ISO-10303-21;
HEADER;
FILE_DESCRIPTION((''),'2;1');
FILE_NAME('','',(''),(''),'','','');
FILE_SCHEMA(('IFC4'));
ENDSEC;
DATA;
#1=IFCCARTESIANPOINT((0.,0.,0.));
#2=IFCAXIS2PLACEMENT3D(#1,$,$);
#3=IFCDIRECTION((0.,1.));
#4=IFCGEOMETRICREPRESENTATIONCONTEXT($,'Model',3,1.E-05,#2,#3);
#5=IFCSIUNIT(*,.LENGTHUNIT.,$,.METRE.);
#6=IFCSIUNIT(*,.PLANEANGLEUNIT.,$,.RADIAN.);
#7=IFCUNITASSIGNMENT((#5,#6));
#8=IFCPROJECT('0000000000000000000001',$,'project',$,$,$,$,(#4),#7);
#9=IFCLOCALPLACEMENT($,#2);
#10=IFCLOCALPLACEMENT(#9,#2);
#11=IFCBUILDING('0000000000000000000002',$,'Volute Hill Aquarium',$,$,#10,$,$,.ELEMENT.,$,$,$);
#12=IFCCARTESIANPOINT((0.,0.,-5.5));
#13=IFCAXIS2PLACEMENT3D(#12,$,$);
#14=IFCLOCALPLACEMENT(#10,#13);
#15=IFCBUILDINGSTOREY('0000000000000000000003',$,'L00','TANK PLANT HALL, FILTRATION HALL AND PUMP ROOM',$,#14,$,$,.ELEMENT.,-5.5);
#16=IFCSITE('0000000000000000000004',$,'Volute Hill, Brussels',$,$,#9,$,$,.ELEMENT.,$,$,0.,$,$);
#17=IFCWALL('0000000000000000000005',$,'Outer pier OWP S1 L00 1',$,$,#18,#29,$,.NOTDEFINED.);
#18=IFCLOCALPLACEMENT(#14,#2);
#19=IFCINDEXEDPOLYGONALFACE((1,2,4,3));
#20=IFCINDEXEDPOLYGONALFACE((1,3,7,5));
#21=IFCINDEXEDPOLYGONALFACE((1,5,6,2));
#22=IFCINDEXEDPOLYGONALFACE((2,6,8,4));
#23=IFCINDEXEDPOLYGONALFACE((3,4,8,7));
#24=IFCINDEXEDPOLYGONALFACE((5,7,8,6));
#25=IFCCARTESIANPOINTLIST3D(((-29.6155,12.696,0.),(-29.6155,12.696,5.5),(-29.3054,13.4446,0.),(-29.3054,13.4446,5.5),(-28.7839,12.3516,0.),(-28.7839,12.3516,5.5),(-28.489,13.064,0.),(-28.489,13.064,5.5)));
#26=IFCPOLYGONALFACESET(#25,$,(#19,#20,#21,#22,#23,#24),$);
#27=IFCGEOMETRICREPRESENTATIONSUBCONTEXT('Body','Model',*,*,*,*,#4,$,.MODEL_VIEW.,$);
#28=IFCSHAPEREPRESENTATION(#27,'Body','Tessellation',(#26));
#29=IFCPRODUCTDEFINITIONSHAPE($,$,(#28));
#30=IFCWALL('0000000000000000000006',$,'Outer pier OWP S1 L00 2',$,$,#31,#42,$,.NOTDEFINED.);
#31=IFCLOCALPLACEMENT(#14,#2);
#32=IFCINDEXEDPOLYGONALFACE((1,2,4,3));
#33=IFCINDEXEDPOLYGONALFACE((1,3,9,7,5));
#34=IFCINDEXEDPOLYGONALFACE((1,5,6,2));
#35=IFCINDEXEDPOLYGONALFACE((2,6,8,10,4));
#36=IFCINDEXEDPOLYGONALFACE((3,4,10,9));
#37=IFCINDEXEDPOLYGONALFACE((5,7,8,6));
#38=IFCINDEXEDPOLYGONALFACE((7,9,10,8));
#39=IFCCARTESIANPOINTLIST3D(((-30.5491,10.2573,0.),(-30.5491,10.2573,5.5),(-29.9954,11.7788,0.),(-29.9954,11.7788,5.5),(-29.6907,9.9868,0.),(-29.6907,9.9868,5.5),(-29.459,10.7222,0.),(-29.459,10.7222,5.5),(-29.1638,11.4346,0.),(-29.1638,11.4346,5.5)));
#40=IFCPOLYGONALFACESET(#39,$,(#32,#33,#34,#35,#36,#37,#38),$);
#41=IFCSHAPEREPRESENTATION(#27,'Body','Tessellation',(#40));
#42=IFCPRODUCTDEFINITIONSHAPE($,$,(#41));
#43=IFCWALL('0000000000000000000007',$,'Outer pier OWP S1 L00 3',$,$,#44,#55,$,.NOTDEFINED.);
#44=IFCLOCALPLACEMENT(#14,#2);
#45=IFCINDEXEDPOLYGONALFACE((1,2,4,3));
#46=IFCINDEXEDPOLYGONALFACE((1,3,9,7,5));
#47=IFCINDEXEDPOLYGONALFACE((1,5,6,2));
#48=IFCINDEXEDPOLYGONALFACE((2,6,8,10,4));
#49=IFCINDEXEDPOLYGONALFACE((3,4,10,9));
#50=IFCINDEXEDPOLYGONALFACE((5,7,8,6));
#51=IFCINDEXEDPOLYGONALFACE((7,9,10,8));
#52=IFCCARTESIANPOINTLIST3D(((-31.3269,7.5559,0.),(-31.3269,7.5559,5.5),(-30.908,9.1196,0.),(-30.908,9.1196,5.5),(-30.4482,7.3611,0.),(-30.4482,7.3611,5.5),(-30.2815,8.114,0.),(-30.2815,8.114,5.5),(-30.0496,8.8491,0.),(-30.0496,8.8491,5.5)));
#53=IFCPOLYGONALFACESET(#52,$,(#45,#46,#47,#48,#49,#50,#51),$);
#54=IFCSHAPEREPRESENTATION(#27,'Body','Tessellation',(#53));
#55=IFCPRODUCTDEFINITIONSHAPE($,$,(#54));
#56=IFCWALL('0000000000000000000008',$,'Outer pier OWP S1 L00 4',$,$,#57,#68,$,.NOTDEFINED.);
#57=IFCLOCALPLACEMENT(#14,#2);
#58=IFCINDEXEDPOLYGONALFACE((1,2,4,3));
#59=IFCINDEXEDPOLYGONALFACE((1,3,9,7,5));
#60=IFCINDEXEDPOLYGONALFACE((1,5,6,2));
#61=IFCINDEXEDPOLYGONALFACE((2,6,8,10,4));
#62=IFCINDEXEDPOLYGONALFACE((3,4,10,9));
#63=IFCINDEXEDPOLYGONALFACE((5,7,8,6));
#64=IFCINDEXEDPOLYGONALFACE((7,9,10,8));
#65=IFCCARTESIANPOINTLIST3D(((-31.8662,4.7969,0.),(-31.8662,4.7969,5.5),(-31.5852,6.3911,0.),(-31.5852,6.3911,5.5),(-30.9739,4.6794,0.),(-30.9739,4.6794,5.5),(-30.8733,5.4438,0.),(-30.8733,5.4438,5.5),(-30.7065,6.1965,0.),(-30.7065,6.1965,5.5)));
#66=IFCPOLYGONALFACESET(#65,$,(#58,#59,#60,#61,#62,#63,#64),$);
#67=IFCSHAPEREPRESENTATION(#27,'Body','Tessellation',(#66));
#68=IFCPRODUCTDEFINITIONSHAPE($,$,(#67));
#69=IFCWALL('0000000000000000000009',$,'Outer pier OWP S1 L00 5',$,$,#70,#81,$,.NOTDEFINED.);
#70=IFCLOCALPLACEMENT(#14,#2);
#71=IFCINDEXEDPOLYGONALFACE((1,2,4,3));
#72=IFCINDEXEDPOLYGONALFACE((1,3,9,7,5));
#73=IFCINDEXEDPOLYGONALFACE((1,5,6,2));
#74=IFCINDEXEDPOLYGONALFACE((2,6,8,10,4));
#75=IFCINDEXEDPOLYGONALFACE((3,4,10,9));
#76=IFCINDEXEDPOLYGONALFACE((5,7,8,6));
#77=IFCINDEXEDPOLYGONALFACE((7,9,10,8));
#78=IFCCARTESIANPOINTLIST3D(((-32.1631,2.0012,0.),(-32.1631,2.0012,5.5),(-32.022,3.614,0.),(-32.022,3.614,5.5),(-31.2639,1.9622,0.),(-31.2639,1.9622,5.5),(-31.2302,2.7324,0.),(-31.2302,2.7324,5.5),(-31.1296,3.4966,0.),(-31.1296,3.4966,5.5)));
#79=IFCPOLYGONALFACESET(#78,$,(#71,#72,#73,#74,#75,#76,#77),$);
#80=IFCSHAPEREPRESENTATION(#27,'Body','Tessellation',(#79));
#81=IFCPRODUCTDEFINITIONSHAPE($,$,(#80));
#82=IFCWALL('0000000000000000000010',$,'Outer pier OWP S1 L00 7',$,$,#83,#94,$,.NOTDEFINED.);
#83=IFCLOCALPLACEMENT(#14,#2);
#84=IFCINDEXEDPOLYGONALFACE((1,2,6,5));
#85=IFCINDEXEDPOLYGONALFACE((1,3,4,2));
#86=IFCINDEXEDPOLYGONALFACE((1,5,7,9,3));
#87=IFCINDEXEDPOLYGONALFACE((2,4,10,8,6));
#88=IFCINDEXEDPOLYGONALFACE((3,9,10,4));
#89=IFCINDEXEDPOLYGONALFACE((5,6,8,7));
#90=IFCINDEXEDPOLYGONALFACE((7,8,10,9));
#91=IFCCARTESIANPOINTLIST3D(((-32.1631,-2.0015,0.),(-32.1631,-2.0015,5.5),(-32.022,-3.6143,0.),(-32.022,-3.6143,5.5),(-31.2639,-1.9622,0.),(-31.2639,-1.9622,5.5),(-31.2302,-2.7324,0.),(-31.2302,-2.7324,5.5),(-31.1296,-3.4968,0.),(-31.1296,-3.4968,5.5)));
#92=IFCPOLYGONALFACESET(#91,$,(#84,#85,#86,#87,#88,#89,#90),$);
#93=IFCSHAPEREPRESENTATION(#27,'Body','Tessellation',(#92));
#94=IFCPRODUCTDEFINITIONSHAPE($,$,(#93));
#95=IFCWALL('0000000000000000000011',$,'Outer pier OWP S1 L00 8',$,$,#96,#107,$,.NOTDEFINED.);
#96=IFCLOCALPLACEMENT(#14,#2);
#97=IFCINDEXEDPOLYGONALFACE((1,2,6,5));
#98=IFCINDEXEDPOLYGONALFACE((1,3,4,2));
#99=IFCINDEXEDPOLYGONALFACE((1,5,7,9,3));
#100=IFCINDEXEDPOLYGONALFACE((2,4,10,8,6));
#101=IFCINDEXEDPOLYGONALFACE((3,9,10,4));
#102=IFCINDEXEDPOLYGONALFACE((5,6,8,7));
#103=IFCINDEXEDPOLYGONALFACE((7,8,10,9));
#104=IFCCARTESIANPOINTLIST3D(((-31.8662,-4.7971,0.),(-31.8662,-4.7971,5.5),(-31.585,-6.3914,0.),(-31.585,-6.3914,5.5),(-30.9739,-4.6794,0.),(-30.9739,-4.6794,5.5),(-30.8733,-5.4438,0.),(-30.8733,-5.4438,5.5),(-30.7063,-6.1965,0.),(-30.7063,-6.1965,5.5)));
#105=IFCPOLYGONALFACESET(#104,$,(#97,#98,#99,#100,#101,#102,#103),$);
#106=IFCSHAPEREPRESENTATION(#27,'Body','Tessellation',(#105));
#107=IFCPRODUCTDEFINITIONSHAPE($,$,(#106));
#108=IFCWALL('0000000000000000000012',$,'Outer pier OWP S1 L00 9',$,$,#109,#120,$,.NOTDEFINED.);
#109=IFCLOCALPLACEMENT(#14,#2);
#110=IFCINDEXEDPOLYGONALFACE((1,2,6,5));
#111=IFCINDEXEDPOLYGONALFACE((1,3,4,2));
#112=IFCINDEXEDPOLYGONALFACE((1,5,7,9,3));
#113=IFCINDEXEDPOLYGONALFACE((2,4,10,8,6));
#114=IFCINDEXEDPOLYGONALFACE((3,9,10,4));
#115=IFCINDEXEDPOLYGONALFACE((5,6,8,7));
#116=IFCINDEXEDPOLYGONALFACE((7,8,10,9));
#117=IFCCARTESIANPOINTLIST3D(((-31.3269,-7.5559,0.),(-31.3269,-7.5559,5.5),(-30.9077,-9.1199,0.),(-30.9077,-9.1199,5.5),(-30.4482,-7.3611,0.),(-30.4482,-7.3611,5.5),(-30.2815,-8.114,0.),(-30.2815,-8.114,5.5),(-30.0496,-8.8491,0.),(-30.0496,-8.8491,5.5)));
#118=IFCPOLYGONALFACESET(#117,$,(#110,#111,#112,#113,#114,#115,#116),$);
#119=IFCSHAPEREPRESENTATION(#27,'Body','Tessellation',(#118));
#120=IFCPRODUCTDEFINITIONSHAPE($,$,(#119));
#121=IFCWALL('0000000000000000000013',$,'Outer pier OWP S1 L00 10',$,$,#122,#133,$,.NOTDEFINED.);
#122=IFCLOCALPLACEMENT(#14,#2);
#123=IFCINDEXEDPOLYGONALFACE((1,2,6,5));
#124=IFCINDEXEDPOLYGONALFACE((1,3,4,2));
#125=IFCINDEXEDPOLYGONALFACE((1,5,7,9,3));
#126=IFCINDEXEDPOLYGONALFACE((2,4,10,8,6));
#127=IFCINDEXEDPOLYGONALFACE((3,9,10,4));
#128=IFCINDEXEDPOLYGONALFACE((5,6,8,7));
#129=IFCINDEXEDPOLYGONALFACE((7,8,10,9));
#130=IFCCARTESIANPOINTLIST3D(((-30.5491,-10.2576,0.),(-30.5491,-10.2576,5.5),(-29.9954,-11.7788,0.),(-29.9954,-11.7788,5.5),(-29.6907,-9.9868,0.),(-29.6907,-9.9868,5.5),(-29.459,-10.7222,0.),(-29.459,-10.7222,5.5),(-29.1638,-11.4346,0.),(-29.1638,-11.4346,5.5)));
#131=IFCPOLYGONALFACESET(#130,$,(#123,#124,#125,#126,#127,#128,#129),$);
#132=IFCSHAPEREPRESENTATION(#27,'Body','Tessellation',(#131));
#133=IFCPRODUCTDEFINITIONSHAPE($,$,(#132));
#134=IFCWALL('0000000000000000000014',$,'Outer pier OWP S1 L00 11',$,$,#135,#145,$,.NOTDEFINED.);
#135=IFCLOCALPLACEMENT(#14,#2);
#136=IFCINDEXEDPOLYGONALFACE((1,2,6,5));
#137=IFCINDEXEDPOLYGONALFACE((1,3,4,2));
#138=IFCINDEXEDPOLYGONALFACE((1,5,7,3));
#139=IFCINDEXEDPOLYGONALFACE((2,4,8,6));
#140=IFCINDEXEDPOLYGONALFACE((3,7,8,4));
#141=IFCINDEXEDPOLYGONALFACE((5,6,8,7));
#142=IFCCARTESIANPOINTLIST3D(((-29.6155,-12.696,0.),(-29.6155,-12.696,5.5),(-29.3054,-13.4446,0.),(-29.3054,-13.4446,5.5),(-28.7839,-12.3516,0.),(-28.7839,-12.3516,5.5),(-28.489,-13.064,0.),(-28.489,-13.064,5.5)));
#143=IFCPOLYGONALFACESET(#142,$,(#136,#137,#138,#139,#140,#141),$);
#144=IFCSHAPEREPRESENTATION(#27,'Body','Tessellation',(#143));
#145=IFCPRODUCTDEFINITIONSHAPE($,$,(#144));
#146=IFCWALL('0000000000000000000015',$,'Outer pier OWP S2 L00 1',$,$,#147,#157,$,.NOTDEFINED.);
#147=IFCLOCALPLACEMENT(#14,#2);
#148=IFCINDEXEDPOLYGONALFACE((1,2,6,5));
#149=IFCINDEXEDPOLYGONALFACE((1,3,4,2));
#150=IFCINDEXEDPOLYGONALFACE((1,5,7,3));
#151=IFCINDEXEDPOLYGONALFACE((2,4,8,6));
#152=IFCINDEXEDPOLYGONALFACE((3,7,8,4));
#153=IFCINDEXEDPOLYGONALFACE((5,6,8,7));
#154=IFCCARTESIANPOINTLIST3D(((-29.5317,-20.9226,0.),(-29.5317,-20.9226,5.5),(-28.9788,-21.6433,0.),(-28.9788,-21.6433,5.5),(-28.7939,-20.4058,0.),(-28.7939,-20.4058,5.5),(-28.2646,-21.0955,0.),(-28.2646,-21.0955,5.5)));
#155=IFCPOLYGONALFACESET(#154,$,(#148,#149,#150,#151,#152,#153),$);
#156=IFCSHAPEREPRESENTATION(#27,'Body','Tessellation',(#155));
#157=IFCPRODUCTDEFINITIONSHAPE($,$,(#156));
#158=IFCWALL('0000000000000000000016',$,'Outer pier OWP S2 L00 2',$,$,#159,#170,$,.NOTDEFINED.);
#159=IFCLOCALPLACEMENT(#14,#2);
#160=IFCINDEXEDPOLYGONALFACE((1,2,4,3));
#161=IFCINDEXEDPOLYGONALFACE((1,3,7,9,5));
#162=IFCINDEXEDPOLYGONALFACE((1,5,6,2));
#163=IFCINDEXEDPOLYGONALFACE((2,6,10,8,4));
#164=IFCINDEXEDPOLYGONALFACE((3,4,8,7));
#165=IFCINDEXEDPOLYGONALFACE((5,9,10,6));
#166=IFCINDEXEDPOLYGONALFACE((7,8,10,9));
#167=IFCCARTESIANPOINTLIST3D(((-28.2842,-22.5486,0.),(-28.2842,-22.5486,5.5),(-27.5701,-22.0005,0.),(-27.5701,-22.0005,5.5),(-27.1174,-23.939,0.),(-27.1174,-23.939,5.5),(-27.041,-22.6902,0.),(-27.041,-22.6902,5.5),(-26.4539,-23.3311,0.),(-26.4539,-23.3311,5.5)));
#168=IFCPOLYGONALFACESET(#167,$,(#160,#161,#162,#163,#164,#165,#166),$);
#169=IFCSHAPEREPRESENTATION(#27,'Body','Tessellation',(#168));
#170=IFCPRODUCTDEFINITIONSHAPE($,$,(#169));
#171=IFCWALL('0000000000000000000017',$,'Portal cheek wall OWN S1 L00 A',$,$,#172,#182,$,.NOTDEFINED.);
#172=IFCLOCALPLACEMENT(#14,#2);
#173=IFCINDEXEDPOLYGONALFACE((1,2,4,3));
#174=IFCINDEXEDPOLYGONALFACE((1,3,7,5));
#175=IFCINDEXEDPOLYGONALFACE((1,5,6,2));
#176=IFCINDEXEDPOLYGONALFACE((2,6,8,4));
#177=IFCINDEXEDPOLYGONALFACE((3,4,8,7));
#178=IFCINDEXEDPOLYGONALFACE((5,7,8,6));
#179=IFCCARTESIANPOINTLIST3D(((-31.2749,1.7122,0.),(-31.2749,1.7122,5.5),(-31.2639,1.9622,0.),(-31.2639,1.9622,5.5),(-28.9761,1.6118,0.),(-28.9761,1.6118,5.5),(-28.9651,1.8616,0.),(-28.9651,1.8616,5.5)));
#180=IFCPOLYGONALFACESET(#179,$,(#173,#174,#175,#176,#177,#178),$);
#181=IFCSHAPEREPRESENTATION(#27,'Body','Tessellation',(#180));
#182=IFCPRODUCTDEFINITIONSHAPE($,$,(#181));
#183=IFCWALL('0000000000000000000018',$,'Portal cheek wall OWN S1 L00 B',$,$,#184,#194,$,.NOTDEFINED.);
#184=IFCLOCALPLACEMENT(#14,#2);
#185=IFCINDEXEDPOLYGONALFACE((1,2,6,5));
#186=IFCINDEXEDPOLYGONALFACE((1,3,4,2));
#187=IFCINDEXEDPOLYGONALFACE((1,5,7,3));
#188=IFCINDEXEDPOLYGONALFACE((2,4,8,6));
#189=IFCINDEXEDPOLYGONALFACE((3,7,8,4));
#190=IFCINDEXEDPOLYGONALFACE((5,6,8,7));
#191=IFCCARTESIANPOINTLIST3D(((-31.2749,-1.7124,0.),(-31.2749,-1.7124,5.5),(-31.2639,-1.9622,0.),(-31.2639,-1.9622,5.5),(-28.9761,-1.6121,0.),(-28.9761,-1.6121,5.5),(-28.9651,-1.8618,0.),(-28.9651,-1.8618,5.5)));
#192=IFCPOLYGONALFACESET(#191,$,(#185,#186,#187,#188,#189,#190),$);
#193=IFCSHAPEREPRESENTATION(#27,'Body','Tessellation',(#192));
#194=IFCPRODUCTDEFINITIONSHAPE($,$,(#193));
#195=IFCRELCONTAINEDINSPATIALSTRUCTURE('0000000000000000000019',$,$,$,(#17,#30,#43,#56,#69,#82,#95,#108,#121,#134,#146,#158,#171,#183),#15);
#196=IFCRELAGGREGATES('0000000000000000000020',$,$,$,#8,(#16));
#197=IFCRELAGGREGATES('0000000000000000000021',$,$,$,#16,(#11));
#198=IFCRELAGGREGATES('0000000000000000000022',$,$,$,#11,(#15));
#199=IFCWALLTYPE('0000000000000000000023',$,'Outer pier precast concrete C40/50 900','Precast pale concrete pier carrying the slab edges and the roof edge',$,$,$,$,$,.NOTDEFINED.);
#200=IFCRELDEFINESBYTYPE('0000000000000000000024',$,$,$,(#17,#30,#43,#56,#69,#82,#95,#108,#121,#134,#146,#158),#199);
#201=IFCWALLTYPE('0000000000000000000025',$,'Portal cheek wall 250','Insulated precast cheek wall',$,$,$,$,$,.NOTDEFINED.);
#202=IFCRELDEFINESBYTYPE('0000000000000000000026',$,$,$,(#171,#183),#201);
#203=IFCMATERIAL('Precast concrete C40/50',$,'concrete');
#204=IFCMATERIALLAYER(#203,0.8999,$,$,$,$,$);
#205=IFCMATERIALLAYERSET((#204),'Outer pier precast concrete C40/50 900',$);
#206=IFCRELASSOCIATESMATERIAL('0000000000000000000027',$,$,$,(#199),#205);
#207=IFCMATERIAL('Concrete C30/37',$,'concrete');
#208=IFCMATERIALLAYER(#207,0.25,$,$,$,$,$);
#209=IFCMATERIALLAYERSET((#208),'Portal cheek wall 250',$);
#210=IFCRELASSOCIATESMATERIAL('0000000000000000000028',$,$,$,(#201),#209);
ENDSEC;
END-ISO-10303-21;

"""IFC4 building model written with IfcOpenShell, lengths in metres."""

from ifc_helpers import new_model, si_unit, direction, frame, origin, place, context, subcontext, project, spatial, polyline, outline, extrude, material, layer, layer_set, type_object, element, save


model = new_model("IFC4")

# Units and contexts
model_context = context("Model", 3, precision=1e-05, world=origin(), true_north=direction((0.0, 1.0)))
body_context = subcontext(model_context, "Body", "Model", "MODEL_VIEW")
ifc_project = project(units=[si_unit("LENGTHUNIT", "METRE"), si_unit("PLANEANGLEUNIT", "RADIAN")], contexts=[model_context])

# Site, building, storey
site_placement = place(None, origin())
site = spatial("IfcSite", under=ifc_project, at=site_placement, Name="Volute Hill, Brussels", CompositionType="ELEMENT", RefElevation=0.0)
building_placement = place(site_placement, origin())
building = spatial("IfcBuilding", under=site, at=building_placement, Name="Volute Hill Aquarium", CompositionType="ELEMENT")
storey_placement = place(building_placement, frame((0.0, 0.0, -5.5)))
storey = spatial("IfcBuildingStorey", under=building, at=storey_placement, Name="L00", Description="TANK PLANT HALL, FILTRATION HALL AND PUMP ROOM", CompositionType="ELEMENT", Elevation=-5.5)

# Walls
ifc_material_1 = material(Name="Precast concrete C40/50", Category="concrete")
ifc_layer_1 = layer(ifc_material_1, 0.8999)
ifc_layer_set_1 = layer_set([ifc_layer_1], Name="Outer pier precast concrete C40/50 900")
wall_type_1 = type_object("IfcWallType", Name="Outer pier precast concrete C40/50 900", Description="Precast pale concrete pier carrying the slab edges and the roof edge", PredefinedType="NOTDEFINED", material=ifc_layer_set_1)
wall_1_placement = place(storey_placement, origin())
element("IfcWall", 1, at=wall_1_placement, inside=storey, type_object=wall_type_1, Name="Outer pier OWP S1 L00 1", PredefinedType="NOTDEFINED", context=body_context, shape_type="SweptSolid", body=[
    extrude(outline(polyline([(-28.489, 13.064), (-29.3054, 13.4446), (-29.6155, 12.696), (-28.7839, 12.3516), (-28.489, 13.064)])), origin(), (0.0, 0.0, 1.0), 5.5),
])
wall_2_placement = place(storey_placement, origin())
element("IfcWall", 2, at=wall_2_placement, inside=storey, type_object=wall_type_1, Name="Outer pier OWP S1 L00 2", PredefinedType="NOTDEFINED", context=body_context, shape_type="SweptSolid", body=[
    extrude(outline(polyline([(-29.1638, 11.4346), (-29.9954, 11.7788), (-30.5491, 10.2573), (-29.6907, 9.9868), (-29.459, 10.7222), (-29.1638, 11.4346)])), origin(), (0.0, 0.0, 1.0), 5.5),
])
wall_3_placement = place(storey_placement, origin())
element("IfcWall", 3, at=wall_3_placement, inside=storey, type_object=wall_type_1, Name="Outer pier OWP S1 L00 3", PredefinedType="NOTDEFINED", context=body_context, shape_type="SweptSolid", body=[
    extrude(outline(polyline([(-30.0496, 8.8491), (-30.908, 9.1196), (-31.3269, 7.5559), (-30.4482, 7.3611), (-30.2815, 8.114), (-30.0496, 8.8491)])), origin(), (0.0, 0.0, 1.0), 5.5),
])
wall_4_placement = place(storey_placement, origin())
element("IfcWall", 4, at=wall_4_placement, inside=storey, type_object=wall_type_1, Name="Outer pier OWP S1 L00 4", PredefinedType="NOTDEFINED", context=body_context, shape_type="SweptSolid", body=[
    extrude(outline(polyline([(-30.7065, 6.1965), (-31.5852, 6.3911), (-31.8662, 4.7969), (-30.9739, 4.6794), (-30.8733, 5.4438), (-30.7065, 6.1965)])), origin(), (0.0, 0.0, 1.0), 5.5),
])
wall_5_placement = place(storey_placement, origin())
element("IfcWall", 5, at=wall_5_placement, inside=storey, type_object=wall_type_1, Name="Outer pier OWP S1 L00 5", PredefinedType="NOTDEFINED", context=body_context, shape_type="SweptSolid", body=[
    extrude(outline(polyline([(-31.1296, 3.4966), (-32.022, 3.614), (-32.1631, 2.0012), (-31.2639, 1.9622), (-31.2302, 2.7324), (-31.1296, 3.4966)])), origin(), (0.0, 0.0, 1.0), 5.5),
])
wall_6_placement = place(storey_placement, origin())
element("IfcWall", 6, at=wall_6_placement, inside=storey, type_object=wall_type_1, Name="Outer pier OWP S1 L00 7", PredefinedType="NOTDEFINED", context=body_context, shape_type="SweptSolid", body=[
    extrude(outline(polyline([(-31.2639, -1.9622), (-32.1631, -2.0015), (-32.022, -3.6143), (-31.1296, -3.4968), (-31.2302, -2.7324), (-31.2639, -1.9622)])), origin(), (0.0, 0.0, 1.0), 5.5),
])
wall_7_placement = place(storey_placement, origin())
element("IfcWall", 7, at=wall_7_placement, inside=storey, type_object=wall_type_1, Name="Outer pier OWP S1 L00 8", PredefinedType="NOTDEFINED", context=body_context, shape_type="SweptSolid", body=[
    extrude(outline(polyline([(-30.9739, -4.6794), (-31.8662, -4.7971), (-31.585, -6.3914), (-30.7063, -6.1965), (-30.8733, -5.4438), (-30.9739, -4.6794)])), origin(), (0.0, 0.0, 1.0), 5.5),
])
wall_8_placement = place(storey_placement, origin())
element("IfcWall", 8, at=wall_8_placement, inside=storey, type_object=wall_type_1, Name="Outer pier OWP S1 L00 9", PredefinedType="NOTDEFINED", context=body_context, shape_type="SweptSolid", body=[
    extrude(outline(polyline([(-30.4482, -7.3611), (-31.3269, -7.5559), (-30.9077, -9.1199), (-30.0496, -8.8491), (-30.2815, -8.114), (-30.4482, -7.3611)])), origin(), (0.0, 0.0, 1.0), 5.5),
])
wall_9_placement = place(storey_placement, origin())
element("IfcWall", 9, at=wall_9_placement, inside=storey, type_object=wall_type_1, Name="Outer pier OWP S1 L00 10", PredefinedType="NOTDEFINED", context=body_context, shape_type="SweptSolid", body=[
    extrude(outline(polyline([(-29.6907, -9.9868), (-30.5491, -10.2576), (-29.9954, -11.7788), (-29.1638, -11.4346), (-29.459, -10.7222), (-29.6907, -9.9868)])), origin(), (0.0, 0.0, 1.0), 5.5),
])
wall_10_placement = place(storey_placement, origin())
element("IfcWall", 10, at=wall_10_placement, inside=storey, type_object=wall_type_1, Name="Outer pier OWP S1 L00 11", PredefinedType="NOTDEFINED", context=body_context, shape_type="SweptSolid", body=[
    extrude(outline(polyline([(-28.7839, -12.3516), (-29.6155, -12.696), (-29.3054, -13.4446), (-28.489, -13.064), (-28.7839, -12.3516)])), origin(), (0.0, 0.0, 1.0), 5.5),
])
wall_11_placement = place(storey_placement, origin())
element("IfcWall", 11, at=wall_11_placement, inside=storey, type_object=wall_type_1, Name="Outer pier OWP S2 L00 1", PredefinedType="NOTDEFINED", context=body_context, shape_type="SweptSolid", body=[
    extrude(outline(polyline([(-28.7939, -20.4058), (-29.5317, -20.9226), (-28.9788, -21.6433), (-28.2646, -21.0955), (-28.7939, -20.4058)])), origin(), (0.0, 0.0, 1.0), 5.5),
])
wall_12_placement = place(storey_placement, origin())
element("IfcWall", 12, at=wall_12_placement, inside=storey, type_object=wall_type_1, Name="Outer pier OWP S2 L00 2", PredefinedType="NOTDEFINED", context=body_context, shape_type="SweptSolid", body=[
    extrude(outline(polyline([(-27.5701, -22.0005), (-28.2842, -22.5486), (-27.1174, -23.939), (-26.4539, -23.3311), (-27.041, -22.6902), (-27.5701, -22.0005)])), origin(), (0.0, 0.0, 1.0), 5.5),
])
ifc_material_2 = material(Name="Concrete C30/37", Category="concrete")
ifc_layer_2 = layer(ifc_material_2, 0.25)
ifc_layer_set_2 = layer_set([ifc_layer_2], Name="Portal cheek wall 250")
wall_type_2 = type_object("IfcWallType", Name="Portal cheek wall 250", Description="Insulated precast cheek wall", PredefinedType="NOTDEFINED", material=ifc_layer_set_2)
wall_13_placement = place(storey_placement, origin())
element("IfcWall", 13, at=wall_13_placement, inside=storey, type_object=wall_type_2, Name="Portal cheek wall OWN S1 L00 A", PredefinedType="NOTDEFINED", context=body_context, shape_type="SweptSolid", body=[
    extrude(outline(polyline([(-31.2639, 1.9622), (-31.2749, 1.7122), (-28.9761, 1.6118), (-28.9651, 1.8616), (-31.2639, 1.9622)])), origin(), (0.0, 0.0, 1.0), 5.5),
])
wall_14_placement = place(storey_placement, origin())
element("IfcWall", 14, at=wall_14_placement, inside=storey, type_object=wall_type_2, Name="Portal cheek wall OWN S1 L00 B", PredefinedType="NOTDEFINED", context=body_context, shape_type="SweptSolid", body=[
    extrude(outline(polyline([(-31.2639, -1.9622), (-28.9651, -1.8618), (-28.9761, -1.6121), (-31.2749, -1.7124), (-31.2639, -1.9622)])), origin(), (0.0, 0.0, 1.0), 5.5),
])

save(model, "model.ifc")
